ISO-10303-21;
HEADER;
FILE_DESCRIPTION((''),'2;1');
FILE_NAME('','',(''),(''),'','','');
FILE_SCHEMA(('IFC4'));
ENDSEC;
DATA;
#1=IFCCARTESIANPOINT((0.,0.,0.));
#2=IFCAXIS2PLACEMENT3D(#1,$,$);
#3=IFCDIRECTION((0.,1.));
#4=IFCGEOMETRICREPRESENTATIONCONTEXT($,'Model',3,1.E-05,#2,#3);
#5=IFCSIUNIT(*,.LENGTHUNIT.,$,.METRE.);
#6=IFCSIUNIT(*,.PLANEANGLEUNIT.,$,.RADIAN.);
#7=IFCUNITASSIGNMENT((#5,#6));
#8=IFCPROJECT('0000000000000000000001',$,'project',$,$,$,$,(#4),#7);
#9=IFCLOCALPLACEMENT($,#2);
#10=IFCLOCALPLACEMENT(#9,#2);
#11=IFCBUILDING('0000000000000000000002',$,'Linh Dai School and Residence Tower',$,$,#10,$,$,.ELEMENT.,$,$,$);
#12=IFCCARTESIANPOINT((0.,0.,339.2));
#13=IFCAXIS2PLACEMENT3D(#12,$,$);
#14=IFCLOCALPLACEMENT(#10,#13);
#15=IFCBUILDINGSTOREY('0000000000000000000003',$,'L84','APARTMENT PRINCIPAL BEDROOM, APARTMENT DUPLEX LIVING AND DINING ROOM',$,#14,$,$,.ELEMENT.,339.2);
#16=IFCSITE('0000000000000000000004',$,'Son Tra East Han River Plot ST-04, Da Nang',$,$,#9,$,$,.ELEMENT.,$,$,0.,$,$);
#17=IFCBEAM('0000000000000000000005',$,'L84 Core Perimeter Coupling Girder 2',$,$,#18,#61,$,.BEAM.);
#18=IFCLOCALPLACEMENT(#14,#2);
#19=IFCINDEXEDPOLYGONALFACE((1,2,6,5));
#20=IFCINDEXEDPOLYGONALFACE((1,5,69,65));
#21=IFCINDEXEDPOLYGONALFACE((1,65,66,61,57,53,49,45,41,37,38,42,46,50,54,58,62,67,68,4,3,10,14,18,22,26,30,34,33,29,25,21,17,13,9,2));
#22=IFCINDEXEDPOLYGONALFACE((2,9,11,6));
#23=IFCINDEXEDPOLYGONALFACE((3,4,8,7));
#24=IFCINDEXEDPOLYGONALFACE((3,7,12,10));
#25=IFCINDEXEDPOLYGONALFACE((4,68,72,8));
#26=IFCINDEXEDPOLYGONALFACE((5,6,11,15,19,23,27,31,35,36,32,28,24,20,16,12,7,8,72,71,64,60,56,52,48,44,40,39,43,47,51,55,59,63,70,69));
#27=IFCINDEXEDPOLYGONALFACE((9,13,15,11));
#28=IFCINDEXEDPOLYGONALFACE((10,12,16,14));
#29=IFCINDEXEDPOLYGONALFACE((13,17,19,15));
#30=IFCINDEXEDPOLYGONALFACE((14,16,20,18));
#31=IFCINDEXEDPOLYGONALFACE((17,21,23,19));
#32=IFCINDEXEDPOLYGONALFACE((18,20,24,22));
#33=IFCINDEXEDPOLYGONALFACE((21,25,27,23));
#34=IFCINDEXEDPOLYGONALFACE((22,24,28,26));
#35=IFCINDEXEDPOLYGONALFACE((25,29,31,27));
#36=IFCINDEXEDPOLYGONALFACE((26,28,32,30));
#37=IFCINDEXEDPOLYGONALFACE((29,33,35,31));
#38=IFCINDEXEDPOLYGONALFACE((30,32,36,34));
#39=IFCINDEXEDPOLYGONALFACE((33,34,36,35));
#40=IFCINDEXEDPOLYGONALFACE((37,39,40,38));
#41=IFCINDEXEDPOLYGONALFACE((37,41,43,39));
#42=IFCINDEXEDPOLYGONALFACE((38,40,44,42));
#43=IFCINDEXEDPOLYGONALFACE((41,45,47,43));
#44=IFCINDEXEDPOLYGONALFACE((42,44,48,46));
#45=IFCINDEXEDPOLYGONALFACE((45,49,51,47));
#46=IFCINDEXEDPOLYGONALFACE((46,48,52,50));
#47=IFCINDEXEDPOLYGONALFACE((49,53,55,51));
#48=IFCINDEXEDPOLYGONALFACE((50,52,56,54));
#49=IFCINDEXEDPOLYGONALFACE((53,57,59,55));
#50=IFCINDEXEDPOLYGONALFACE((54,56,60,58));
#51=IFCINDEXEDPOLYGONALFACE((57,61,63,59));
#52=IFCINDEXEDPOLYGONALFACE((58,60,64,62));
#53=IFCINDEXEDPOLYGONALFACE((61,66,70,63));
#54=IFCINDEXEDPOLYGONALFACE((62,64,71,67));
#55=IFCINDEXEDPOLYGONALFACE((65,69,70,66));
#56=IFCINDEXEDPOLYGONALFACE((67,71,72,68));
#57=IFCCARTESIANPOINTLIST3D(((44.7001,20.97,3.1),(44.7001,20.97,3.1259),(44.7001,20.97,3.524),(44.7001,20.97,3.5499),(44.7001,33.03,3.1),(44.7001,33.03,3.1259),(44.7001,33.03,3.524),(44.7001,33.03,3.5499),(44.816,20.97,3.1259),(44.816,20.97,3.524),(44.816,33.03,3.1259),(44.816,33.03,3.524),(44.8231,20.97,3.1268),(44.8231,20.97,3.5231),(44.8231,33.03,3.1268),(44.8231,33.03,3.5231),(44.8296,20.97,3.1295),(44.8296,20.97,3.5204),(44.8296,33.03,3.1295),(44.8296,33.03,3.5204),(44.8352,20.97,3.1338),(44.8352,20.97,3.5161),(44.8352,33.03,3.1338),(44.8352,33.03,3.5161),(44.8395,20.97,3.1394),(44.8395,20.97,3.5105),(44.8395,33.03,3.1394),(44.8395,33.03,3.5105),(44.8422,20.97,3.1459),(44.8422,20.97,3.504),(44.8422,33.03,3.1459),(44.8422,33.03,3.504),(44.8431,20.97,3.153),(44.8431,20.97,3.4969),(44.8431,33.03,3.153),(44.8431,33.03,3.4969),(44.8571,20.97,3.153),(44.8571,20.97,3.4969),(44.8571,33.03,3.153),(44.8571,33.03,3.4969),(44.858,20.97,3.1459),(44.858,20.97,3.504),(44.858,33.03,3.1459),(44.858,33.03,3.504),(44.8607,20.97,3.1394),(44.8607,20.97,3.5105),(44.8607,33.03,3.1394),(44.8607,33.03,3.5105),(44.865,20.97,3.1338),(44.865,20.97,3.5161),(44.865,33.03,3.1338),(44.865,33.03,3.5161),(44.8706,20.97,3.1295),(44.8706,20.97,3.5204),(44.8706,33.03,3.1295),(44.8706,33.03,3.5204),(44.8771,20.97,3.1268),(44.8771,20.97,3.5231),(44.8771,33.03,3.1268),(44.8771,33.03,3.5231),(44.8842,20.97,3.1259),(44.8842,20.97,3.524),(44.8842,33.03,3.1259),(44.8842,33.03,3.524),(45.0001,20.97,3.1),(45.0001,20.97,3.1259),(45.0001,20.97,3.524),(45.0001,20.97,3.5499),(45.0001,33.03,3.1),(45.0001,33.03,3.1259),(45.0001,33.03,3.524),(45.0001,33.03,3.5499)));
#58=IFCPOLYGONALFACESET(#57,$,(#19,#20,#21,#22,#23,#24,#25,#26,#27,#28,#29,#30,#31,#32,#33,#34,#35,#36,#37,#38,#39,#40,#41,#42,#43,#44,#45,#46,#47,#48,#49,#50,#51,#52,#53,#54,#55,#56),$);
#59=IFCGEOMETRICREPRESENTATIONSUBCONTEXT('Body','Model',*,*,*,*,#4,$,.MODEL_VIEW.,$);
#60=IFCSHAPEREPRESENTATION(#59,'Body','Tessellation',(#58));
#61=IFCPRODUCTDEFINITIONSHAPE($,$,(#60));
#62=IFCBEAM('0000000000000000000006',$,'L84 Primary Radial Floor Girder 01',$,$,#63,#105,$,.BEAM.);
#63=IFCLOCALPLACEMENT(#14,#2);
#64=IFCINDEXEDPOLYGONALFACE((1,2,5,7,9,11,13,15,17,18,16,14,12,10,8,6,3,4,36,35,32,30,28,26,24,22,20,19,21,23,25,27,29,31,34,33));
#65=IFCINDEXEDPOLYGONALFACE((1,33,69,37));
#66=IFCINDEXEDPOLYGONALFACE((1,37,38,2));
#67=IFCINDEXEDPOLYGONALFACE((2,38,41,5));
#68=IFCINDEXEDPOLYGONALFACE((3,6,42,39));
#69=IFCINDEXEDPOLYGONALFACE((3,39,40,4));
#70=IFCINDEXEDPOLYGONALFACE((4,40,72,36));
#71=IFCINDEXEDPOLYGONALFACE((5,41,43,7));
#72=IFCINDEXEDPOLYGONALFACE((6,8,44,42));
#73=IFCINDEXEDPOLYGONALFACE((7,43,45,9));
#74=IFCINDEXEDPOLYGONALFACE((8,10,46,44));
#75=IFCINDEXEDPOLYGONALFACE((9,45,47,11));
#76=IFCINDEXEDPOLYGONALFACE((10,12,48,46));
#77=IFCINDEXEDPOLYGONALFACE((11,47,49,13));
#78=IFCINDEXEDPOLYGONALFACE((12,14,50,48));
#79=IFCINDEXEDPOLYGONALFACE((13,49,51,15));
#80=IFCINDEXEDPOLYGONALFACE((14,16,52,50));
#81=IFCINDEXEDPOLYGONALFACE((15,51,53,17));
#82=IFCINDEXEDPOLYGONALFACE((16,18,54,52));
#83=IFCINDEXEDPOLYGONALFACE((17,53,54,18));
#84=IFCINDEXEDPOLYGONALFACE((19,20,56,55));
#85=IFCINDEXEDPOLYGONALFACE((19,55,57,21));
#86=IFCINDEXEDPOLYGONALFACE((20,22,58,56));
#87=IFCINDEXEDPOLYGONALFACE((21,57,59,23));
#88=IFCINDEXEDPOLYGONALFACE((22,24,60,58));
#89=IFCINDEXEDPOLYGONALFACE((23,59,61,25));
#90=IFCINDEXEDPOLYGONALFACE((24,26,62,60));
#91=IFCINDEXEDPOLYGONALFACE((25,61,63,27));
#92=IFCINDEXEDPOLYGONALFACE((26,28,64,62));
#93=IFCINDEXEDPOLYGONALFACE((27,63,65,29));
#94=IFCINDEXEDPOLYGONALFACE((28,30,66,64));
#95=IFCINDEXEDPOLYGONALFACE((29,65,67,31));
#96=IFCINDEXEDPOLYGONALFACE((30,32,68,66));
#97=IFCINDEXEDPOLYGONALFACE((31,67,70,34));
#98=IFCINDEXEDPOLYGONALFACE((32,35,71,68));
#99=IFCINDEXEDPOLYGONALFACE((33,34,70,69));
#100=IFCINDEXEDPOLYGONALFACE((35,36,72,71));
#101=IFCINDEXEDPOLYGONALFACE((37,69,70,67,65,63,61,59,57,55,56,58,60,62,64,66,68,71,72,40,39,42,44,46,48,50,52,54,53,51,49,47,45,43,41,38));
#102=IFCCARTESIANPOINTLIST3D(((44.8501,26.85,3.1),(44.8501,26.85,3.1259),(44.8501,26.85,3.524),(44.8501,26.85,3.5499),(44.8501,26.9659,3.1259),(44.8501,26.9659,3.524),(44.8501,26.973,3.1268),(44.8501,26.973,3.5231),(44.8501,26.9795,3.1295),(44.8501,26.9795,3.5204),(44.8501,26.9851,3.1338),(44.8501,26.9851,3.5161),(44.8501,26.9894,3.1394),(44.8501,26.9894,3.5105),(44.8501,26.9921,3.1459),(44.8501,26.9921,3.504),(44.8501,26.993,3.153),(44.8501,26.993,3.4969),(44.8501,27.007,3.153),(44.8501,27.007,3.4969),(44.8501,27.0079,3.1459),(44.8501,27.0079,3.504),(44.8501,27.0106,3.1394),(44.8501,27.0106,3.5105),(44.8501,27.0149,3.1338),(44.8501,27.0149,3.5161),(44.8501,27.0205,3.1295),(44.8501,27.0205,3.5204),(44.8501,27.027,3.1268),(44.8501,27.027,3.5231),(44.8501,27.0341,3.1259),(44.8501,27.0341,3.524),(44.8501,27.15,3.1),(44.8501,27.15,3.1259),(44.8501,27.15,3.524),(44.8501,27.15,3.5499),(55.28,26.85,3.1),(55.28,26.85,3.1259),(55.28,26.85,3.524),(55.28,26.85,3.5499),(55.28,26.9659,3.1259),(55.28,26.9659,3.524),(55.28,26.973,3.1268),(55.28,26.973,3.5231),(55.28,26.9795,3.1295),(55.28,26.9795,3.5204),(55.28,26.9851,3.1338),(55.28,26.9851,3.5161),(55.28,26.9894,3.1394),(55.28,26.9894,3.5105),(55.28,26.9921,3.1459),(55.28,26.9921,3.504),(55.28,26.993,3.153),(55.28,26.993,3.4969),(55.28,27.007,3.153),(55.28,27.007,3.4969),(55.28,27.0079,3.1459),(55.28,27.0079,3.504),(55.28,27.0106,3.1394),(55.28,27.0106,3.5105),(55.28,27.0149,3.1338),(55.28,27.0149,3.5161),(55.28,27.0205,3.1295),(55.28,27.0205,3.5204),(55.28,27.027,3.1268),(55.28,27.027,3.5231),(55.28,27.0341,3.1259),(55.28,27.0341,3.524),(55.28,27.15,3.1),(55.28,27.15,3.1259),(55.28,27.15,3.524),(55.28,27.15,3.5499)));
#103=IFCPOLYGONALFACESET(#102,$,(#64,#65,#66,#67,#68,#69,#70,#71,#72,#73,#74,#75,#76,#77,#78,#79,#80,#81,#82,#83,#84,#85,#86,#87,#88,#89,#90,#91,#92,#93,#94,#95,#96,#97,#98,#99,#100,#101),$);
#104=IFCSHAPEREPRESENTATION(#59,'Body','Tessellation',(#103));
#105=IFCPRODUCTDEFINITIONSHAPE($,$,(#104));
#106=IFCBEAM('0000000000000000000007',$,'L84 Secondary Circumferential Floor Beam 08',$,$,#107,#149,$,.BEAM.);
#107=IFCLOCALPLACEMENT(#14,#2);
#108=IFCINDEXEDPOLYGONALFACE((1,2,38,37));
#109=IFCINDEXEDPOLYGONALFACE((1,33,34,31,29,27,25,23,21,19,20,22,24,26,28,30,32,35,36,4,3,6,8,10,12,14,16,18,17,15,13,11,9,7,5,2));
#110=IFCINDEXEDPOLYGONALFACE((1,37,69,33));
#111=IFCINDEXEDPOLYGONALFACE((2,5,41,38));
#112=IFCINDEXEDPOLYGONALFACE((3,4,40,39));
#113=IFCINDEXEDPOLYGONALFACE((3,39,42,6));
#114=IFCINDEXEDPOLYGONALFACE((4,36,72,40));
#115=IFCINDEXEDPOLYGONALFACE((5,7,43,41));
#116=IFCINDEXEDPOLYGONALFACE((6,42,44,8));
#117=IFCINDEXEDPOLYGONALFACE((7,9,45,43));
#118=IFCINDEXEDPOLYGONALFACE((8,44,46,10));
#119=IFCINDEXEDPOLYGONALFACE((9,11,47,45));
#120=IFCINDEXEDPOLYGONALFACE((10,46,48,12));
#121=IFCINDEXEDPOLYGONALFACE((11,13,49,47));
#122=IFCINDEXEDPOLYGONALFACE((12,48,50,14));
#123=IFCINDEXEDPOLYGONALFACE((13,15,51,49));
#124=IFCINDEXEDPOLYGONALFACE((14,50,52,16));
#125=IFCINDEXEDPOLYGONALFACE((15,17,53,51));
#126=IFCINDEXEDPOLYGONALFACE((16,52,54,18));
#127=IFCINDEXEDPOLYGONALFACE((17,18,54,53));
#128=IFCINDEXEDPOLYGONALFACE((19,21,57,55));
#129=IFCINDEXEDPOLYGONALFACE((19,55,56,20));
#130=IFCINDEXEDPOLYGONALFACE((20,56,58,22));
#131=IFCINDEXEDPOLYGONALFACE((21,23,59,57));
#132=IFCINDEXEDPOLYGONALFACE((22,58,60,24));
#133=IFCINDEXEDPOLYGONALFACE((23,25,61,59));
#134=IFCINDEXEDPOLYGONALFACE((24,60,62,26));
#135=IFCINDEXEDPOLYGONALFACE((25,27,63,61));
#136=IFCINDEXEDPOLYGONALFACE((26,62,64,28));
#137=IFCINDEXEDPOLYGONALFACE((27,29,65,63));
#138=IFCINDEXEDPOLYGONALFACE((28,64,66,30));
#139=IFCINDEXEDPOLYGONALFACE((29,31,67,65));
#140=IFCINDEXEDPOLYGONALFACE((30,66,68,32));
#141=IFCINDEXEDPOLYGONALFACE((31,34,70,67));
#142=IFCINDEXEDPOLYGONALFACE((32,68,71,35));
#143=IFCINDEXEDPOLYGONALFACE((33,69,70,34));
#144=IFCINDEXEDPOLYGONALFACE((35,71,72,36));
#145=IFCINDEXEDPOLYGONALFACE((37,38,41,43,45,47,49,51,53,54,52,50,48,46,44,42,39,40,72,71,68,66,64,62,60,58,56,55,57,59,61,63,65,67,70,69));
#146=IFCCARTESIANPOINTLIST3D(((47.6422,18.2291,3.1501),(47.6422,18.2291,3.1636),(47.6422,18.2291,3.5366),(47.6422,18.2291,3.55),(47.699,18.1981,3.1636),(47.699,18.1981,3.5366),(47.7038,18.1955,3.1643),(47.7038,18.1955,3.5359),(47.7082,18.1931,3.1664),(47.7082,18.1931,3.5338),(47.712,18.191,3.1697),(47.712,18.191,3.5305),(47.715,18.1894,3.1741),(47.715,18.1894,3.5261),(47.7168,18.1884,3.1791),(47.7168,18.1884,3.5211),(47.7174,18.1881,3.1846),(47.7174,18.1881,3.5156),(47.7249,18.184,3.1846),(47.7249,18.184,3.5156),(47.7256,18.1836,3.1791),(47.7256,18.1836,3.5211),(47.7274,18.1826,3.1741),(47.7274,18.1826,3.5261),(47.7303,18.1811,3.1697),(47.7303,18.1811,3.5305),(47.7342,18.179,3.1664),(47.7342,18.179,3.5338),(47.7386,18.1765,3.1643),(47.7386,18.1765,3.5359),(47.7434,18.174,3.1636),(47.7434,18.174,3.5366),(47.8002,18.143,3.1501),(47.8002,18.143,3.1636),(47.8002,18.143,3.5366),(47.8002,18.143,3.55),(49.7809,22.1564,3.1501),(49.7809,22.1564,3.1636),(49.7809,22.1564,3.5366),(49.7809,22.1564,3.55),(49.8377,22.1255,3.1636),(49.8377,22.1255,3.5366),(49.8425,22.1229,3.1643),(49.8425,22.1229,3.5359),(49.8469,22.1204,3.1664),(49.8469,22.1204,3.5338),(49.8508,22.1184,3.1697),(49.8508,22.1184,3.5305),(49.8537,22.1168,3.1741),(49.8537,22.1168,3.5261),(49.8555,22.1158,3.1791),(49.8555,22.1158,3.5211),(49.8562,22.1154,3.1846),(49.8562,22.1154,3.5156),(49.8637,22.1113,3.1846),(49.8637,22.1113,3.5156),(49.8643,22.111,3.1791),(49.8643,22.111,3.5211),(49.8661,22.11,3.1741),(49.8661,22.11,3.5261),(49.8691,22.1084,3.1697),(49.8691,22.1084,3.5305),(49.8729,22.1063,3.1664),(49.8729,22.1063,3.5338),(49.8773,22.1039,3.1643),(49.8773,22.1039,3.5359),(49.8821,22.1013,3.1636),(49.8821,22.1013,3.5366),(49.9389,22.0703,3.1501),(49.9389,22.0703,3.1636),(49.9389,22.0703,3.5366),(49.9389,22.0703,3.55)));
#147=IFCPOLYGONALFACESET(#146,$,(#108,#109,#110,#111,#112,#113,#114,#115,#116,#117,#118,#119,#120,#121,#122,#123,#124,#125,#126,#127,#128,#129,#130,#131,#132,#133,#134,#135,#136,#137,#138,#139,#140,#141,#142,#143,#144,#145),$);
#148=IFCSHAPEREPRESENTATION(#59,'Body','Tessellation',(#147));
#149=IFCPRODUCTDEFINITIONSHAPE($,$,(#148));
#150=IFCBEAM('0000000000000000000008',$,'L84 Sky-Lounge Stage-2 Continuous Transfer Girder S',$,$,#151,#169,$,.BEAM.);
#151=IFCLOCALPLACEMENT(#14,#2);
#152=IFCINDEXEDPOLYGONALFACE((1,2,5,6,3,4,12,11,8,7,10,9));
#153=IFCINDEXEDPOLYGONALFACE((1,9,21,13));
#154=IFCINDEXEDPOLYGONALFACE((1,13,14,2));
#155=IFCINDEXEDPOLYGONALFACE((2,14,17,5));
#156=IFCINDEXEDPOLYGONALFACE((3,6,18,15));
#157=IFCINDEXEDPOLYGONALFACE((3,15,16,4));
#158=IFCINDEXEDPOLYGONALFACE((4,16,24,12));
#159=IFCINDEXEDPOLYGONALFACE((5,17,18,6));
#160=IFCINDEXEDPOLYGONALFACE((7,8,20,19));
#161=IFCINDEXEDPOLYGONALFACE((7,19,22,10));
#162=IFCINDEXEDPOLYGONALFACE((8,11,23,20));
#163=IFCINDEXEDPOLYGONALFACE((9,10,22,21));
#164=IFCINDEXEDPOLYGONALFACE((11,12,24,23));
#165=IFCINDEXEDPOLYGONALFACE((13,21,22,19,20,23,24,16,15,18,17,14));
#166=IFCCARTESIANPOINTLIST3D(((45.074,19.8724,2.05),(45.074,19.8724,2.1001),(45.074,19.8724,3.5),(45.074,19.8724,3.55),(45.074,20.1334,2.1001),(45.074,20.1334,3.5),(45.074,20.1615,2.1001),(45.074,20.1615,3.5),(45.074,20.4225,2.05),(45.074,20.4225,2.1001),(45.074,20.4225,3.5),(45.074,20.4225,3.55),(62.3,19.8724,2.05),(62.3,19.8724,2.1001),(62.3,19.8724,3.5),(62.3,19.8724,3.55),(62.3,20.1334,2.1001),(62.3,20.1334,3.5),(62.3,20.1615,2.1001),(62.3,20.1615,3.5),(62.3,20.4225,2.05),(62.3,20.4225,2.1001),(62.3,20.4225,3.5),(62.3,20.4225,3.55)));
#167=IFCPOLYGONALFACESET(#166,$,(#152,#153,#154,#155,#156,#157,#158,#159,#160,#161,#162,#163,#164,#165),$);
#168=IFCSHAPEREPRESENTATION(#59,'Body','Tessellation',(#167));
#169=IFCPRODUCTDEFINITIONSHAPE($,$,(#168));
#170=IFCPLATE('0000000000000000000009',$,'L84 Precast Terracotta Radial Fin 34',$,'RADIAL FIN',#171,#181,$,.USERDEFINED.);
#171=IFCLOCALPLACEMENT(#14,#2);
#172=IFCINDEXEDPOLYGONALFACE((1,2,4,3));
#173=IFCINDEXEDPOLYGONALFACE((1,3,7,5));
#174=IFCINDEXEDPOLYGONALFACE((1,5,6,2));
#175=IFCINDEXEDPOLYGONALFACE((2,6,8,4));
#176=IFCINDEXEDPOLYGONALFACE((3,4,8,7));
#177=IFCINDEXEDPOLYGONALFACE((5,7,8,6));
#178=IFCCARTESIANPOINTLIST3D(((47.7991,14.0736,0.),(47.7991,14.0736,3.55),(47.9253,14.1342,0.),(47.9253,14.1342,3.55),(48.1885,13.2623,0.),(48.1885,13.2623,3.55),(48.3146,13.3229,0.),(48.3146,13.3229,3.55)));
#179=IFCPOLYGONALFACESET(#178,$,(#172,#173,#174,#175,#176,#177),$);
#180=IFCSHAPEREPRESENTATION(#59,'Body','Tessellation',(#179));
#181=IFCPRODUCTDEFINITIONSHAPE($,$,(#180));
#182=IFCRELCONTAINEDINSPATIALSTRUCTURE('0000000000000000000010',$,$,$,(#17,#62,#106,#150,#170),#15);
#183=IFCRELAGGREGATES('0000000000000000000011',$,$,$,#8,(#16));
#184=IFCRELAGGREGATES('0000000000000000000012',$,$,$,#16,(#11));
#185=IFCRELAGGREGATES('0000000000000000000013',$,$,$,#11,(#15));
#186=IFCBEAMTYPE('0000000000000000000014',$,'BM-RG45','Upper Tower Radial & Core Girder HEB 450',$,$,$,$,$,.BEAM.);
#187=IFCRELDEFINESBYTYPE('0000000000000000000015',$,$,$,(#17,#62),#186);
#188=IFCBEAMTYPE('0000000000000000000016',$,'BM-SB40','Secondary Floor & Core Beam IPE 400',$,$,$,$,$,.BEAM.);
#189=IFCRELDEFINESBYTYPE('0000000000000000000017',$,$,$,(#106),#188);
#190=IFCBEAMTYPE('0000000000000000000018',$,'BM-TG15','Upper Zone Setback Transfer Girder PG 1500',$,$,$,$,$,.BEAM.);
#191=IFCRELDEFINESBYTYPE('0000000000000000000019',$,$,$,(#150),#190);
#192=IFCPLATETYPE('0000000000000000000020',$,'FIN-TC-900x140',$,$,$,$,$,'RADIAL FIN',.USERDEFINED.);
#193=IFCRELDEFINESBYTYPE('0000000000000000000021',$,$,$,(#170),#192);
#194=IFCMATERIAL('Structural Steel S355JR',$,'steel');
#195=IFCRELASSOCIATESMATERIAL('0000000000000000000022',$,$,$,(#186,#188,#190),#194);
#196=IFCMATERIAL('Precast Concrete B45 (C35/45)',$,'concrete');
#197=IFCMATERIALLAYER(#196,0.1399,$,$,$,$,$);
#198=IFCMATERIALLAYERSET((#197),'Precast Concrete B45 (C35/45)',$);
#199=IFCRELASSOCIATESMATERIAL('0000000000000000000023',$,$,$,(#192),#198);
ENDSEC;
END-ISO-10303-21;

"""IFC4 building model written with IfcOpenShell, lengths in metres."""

from ifc_helpers import new_model, si_unit, direction, frame, origin, origin_2d, place, context, subcontext, project, spatial, rectangle, i_section, extrude, source, transform, mapped, material, layer, layer_set, material_profile, profile_set, type_object, element, save


model = new_model("IFC4")

# Units and contexts
model_context = context("Model", 3, precision=1e-05, world=origin(), true_north=direction((0.0, 1.0)))
body_context = subcontext(model_context, "Body", "Model", "MODEL_VIEW")
ifc_project = project(units=[si_unit("LENGTHUNIT", "METRE"), si_unit("PLANEANGLEUNIT", "RADIAN")], contexts=[model_context])

# Site, building, storey
site_placement = place(None, origin())
site = spatial("IfcSite", under=ifc_project, at=site_placement, Name="Son Tra East Han River Plot ST-04, Da Nang", CompositionType="ELEMENT", RefElevation=0.0)
building_placement = place(site_placement, origin())
building = spatial("IfcBuilding", under=site, at=building_placement, Name="Linh Dai School and Residence Tower", CompositionType="ELEMENT")
storey_placement = place(building_placement, frame((0.0, 0.0, 339.2)))
storey = spatial("IfcBuildingStorey", under=building, at=storey_placement, Name="L84", Description="APARTMENT PRINCIPAL BEDROOM, APARTMENT DUPLEX LIVING AND DINING ROOM", CompositionType="ELEMENT", Elevation=339.2)

# Shared definitions
ifc_material_1 = material(Name="Structural Steel S355JR", Category="steel")

# Beams
ifc_material_profile_1 = material_profile(ifc_material_1, i_section(OverallWidth=0.3, OverallDepth=0.45, WebThickness=0.0139, FlangeThickness=0.0259, FilletRadius=0.0271, at=origin_2d()), Name="HEB 450")
ifc_profile_set_1 = profile_set([ifc_material_profile_1], Name="Structural Steel S355JR")
beam_type_1 = type_object("IfcBeamType", Name="BM-RG45", Description="Upper Tower Radial & Core Girder HEB 450", PredefinedType="BEAM", material=ifc_profile_set_1)
beam_1_placement = place(storey_placement, frame((44.8501, 20.97, 3.325), z_axis=(0.0, 1.0, 0.0), x_axis=(-1.0, 0.0, 0.0)))
element("IfcBeam", 1, at=beam_1_placement, inside=storey, type_object=beam_type_1, Name="L84 Core Perimeter Coupling Girder 2", PredefinedType="BEAM", context=body_context, shape_type="SweptSolid", body=[
    extrude(i_section(OverallWidth=0.3, OverallDepth=0.45, WebThickness=0.0139, FlangeThickness=0.0259, FilletRadius=0.0271, at=origin_2d()), origin(), (0.0, 0.0, 1.0), 12.0601),
])
beam_2_placement = place(storey_placement, frame((44.8501, 27.0, 3.325), z_axis=(1.0, 0.0, 0.0), x_axis=(0.0, 1.0, 0.0)))
element("IfcBeam", 2, at=beam_2_placement, inside=storey, type_object=beam_type_1, Name="L84 Primary Radial Floor Girder 01", PredefinedType="BEAM", context=body_context, shape_type="SweptSolid", body=[
    extrude(i_section(OverallWidth=0.3, OverallDepth=0.45, WebThickness=0.0139, FlangeThickness=0.0259, FilletRadius=0.0271, at=origin_2d()), origin(), (0.0, 0.0, 1.0), 10.4299),
])
ifc_material_profile_2 = material_profile(ifc_material_1, i_section(OverallWidth=0.1799, OverallDepth=0.3999, WebThickness=0.0085, FlangeThickness=0.0134, FilletRadius=0.021, at=origin_2d()), Name="IPE 400")
ifc_profile_set_2 = profile_set([ifc_material_profile_2], Name="Structural Steel S355JR")
beam_type_2 = type_object("IfcBeamType", Name="BM-SB40", Description="Secondary Floor & Core Beam IPE 400", PredefinedType="BEAM", material=ifc_profile_set_2)
beam_3_placement = place(storey_placement, frame((47.7212, 18.186, 3.3501), z_axis=(0.478255, 0.878221, 0.0), x_axis=(-0.878221, 0.478255, 0.0)))
element("IfcBeam", 3, at=beam_3_placement, inside=storey, type_object=beam_type_2, Name="L84 Secondary Circumferential Floor Beam 08", PredefinedType="BEAM", context=body_context, shape_type="SweptSolid", body=[
    extrude(i_section(OverallWidth=0.1799, OverallDepth=0.3999, WebThickness=0.0085, FlangeThickness=0.0134, FilletRadius=0.021, at=origin_2d()), origin(), (0.0, 0.0, 1.0), 4.4719),
])
ifc_material_profile_3 = material_profile(ifc_material_1, i_section(OverallWidth=0.55, OverallDepth=1.5, WebThickness=0.0281, FlangeThickness=0.05, at=origin_2d()), Name="PG 1500x550x28x50")
ifc_profile_set_3 = profile_set([ifc_material_profile_3], Name="Structural Steel S355JR")
beam_type_3 = type_object("IfcBeamType", Name="BM-TG15", Description="Upper Zone Setback Transfer Girder PG 1500", PredefinedType="BEAM", material=ifc_profile_set_3)
beam_4_placement = place(storey_placement, frame((45.074, 20.1475, 2.8), z_axis=(1.0, 0.0, 0.0), x_axis=(0.0, 1.0, 0.0)))
element("IfcBeam", 4, at=beam_4_placement, inside=storey, type_object=beam_type_3, Name="L84 Sky-Lounge Stage-2 Continuous Transfer Girder S", PredefinedType="BEAM", context=body_context, shape_type="SweptSolid", body=[
    extrude(i_section(OverallWidth=0.55, OverallDepth=1.5, WebThickness=0.0281, FlangeThickness=0.05, at=origin_2d()), origin(), (0.0, 0.0, 1.0), 17.2261),
])

# Plate
ifc_material_2 = material(Name="Precast Concrete B45 (C35/45)", Category="concrete")
ifc_layer_1 = layer(ifc_material_2, 0.1399)
ifc_layer_set_1 = layer_set([ifc_layer_1], Name="Precast Concrete B45 (C35/45)")
plate_type = type_object("IfcPlateType", Name="FIN-TC-900x140", ElementType="RADIAL FIN", PredefinedType="USERDEFINED", material=ifc_layer_set_1)
shared_shape_1 = source(origin(), body_context, "Body", "SweptSolid", [
    extrude(rectangle(XDim=0.8999, YDim=0.1399, at=origin_2d()), origin(), (0.0, 0.0, 1.0), 3.55),
])
plate_placement = place(storey_placement, frame((48.0569, 13.6982, 0.0), z_axis=(0.0, 0.0, 1.0), x_axis=(0.432674, -0.901551, 0.0)))
element("IfcPlate", 5, at=plate_placement, inside=storey, type_object=plate_type, Name="L84 Precast Terracotta Radial Fin 34", ObjectType="RADIAL FIN", PredefinedType="USERDEFINED", context=body_context, shape_type="MappedRepresentation", body=[
    mapped(shared_shape_1, transform((0.0, 0.0, 0.0), x_axis=(1.0, 0.0, 0.0), y_axis=(0.0, 1.0, 0.0), z_axis=(0.0, 0.0, 1.0), scale=1.0)),
])

save(model, "model.ifc")
